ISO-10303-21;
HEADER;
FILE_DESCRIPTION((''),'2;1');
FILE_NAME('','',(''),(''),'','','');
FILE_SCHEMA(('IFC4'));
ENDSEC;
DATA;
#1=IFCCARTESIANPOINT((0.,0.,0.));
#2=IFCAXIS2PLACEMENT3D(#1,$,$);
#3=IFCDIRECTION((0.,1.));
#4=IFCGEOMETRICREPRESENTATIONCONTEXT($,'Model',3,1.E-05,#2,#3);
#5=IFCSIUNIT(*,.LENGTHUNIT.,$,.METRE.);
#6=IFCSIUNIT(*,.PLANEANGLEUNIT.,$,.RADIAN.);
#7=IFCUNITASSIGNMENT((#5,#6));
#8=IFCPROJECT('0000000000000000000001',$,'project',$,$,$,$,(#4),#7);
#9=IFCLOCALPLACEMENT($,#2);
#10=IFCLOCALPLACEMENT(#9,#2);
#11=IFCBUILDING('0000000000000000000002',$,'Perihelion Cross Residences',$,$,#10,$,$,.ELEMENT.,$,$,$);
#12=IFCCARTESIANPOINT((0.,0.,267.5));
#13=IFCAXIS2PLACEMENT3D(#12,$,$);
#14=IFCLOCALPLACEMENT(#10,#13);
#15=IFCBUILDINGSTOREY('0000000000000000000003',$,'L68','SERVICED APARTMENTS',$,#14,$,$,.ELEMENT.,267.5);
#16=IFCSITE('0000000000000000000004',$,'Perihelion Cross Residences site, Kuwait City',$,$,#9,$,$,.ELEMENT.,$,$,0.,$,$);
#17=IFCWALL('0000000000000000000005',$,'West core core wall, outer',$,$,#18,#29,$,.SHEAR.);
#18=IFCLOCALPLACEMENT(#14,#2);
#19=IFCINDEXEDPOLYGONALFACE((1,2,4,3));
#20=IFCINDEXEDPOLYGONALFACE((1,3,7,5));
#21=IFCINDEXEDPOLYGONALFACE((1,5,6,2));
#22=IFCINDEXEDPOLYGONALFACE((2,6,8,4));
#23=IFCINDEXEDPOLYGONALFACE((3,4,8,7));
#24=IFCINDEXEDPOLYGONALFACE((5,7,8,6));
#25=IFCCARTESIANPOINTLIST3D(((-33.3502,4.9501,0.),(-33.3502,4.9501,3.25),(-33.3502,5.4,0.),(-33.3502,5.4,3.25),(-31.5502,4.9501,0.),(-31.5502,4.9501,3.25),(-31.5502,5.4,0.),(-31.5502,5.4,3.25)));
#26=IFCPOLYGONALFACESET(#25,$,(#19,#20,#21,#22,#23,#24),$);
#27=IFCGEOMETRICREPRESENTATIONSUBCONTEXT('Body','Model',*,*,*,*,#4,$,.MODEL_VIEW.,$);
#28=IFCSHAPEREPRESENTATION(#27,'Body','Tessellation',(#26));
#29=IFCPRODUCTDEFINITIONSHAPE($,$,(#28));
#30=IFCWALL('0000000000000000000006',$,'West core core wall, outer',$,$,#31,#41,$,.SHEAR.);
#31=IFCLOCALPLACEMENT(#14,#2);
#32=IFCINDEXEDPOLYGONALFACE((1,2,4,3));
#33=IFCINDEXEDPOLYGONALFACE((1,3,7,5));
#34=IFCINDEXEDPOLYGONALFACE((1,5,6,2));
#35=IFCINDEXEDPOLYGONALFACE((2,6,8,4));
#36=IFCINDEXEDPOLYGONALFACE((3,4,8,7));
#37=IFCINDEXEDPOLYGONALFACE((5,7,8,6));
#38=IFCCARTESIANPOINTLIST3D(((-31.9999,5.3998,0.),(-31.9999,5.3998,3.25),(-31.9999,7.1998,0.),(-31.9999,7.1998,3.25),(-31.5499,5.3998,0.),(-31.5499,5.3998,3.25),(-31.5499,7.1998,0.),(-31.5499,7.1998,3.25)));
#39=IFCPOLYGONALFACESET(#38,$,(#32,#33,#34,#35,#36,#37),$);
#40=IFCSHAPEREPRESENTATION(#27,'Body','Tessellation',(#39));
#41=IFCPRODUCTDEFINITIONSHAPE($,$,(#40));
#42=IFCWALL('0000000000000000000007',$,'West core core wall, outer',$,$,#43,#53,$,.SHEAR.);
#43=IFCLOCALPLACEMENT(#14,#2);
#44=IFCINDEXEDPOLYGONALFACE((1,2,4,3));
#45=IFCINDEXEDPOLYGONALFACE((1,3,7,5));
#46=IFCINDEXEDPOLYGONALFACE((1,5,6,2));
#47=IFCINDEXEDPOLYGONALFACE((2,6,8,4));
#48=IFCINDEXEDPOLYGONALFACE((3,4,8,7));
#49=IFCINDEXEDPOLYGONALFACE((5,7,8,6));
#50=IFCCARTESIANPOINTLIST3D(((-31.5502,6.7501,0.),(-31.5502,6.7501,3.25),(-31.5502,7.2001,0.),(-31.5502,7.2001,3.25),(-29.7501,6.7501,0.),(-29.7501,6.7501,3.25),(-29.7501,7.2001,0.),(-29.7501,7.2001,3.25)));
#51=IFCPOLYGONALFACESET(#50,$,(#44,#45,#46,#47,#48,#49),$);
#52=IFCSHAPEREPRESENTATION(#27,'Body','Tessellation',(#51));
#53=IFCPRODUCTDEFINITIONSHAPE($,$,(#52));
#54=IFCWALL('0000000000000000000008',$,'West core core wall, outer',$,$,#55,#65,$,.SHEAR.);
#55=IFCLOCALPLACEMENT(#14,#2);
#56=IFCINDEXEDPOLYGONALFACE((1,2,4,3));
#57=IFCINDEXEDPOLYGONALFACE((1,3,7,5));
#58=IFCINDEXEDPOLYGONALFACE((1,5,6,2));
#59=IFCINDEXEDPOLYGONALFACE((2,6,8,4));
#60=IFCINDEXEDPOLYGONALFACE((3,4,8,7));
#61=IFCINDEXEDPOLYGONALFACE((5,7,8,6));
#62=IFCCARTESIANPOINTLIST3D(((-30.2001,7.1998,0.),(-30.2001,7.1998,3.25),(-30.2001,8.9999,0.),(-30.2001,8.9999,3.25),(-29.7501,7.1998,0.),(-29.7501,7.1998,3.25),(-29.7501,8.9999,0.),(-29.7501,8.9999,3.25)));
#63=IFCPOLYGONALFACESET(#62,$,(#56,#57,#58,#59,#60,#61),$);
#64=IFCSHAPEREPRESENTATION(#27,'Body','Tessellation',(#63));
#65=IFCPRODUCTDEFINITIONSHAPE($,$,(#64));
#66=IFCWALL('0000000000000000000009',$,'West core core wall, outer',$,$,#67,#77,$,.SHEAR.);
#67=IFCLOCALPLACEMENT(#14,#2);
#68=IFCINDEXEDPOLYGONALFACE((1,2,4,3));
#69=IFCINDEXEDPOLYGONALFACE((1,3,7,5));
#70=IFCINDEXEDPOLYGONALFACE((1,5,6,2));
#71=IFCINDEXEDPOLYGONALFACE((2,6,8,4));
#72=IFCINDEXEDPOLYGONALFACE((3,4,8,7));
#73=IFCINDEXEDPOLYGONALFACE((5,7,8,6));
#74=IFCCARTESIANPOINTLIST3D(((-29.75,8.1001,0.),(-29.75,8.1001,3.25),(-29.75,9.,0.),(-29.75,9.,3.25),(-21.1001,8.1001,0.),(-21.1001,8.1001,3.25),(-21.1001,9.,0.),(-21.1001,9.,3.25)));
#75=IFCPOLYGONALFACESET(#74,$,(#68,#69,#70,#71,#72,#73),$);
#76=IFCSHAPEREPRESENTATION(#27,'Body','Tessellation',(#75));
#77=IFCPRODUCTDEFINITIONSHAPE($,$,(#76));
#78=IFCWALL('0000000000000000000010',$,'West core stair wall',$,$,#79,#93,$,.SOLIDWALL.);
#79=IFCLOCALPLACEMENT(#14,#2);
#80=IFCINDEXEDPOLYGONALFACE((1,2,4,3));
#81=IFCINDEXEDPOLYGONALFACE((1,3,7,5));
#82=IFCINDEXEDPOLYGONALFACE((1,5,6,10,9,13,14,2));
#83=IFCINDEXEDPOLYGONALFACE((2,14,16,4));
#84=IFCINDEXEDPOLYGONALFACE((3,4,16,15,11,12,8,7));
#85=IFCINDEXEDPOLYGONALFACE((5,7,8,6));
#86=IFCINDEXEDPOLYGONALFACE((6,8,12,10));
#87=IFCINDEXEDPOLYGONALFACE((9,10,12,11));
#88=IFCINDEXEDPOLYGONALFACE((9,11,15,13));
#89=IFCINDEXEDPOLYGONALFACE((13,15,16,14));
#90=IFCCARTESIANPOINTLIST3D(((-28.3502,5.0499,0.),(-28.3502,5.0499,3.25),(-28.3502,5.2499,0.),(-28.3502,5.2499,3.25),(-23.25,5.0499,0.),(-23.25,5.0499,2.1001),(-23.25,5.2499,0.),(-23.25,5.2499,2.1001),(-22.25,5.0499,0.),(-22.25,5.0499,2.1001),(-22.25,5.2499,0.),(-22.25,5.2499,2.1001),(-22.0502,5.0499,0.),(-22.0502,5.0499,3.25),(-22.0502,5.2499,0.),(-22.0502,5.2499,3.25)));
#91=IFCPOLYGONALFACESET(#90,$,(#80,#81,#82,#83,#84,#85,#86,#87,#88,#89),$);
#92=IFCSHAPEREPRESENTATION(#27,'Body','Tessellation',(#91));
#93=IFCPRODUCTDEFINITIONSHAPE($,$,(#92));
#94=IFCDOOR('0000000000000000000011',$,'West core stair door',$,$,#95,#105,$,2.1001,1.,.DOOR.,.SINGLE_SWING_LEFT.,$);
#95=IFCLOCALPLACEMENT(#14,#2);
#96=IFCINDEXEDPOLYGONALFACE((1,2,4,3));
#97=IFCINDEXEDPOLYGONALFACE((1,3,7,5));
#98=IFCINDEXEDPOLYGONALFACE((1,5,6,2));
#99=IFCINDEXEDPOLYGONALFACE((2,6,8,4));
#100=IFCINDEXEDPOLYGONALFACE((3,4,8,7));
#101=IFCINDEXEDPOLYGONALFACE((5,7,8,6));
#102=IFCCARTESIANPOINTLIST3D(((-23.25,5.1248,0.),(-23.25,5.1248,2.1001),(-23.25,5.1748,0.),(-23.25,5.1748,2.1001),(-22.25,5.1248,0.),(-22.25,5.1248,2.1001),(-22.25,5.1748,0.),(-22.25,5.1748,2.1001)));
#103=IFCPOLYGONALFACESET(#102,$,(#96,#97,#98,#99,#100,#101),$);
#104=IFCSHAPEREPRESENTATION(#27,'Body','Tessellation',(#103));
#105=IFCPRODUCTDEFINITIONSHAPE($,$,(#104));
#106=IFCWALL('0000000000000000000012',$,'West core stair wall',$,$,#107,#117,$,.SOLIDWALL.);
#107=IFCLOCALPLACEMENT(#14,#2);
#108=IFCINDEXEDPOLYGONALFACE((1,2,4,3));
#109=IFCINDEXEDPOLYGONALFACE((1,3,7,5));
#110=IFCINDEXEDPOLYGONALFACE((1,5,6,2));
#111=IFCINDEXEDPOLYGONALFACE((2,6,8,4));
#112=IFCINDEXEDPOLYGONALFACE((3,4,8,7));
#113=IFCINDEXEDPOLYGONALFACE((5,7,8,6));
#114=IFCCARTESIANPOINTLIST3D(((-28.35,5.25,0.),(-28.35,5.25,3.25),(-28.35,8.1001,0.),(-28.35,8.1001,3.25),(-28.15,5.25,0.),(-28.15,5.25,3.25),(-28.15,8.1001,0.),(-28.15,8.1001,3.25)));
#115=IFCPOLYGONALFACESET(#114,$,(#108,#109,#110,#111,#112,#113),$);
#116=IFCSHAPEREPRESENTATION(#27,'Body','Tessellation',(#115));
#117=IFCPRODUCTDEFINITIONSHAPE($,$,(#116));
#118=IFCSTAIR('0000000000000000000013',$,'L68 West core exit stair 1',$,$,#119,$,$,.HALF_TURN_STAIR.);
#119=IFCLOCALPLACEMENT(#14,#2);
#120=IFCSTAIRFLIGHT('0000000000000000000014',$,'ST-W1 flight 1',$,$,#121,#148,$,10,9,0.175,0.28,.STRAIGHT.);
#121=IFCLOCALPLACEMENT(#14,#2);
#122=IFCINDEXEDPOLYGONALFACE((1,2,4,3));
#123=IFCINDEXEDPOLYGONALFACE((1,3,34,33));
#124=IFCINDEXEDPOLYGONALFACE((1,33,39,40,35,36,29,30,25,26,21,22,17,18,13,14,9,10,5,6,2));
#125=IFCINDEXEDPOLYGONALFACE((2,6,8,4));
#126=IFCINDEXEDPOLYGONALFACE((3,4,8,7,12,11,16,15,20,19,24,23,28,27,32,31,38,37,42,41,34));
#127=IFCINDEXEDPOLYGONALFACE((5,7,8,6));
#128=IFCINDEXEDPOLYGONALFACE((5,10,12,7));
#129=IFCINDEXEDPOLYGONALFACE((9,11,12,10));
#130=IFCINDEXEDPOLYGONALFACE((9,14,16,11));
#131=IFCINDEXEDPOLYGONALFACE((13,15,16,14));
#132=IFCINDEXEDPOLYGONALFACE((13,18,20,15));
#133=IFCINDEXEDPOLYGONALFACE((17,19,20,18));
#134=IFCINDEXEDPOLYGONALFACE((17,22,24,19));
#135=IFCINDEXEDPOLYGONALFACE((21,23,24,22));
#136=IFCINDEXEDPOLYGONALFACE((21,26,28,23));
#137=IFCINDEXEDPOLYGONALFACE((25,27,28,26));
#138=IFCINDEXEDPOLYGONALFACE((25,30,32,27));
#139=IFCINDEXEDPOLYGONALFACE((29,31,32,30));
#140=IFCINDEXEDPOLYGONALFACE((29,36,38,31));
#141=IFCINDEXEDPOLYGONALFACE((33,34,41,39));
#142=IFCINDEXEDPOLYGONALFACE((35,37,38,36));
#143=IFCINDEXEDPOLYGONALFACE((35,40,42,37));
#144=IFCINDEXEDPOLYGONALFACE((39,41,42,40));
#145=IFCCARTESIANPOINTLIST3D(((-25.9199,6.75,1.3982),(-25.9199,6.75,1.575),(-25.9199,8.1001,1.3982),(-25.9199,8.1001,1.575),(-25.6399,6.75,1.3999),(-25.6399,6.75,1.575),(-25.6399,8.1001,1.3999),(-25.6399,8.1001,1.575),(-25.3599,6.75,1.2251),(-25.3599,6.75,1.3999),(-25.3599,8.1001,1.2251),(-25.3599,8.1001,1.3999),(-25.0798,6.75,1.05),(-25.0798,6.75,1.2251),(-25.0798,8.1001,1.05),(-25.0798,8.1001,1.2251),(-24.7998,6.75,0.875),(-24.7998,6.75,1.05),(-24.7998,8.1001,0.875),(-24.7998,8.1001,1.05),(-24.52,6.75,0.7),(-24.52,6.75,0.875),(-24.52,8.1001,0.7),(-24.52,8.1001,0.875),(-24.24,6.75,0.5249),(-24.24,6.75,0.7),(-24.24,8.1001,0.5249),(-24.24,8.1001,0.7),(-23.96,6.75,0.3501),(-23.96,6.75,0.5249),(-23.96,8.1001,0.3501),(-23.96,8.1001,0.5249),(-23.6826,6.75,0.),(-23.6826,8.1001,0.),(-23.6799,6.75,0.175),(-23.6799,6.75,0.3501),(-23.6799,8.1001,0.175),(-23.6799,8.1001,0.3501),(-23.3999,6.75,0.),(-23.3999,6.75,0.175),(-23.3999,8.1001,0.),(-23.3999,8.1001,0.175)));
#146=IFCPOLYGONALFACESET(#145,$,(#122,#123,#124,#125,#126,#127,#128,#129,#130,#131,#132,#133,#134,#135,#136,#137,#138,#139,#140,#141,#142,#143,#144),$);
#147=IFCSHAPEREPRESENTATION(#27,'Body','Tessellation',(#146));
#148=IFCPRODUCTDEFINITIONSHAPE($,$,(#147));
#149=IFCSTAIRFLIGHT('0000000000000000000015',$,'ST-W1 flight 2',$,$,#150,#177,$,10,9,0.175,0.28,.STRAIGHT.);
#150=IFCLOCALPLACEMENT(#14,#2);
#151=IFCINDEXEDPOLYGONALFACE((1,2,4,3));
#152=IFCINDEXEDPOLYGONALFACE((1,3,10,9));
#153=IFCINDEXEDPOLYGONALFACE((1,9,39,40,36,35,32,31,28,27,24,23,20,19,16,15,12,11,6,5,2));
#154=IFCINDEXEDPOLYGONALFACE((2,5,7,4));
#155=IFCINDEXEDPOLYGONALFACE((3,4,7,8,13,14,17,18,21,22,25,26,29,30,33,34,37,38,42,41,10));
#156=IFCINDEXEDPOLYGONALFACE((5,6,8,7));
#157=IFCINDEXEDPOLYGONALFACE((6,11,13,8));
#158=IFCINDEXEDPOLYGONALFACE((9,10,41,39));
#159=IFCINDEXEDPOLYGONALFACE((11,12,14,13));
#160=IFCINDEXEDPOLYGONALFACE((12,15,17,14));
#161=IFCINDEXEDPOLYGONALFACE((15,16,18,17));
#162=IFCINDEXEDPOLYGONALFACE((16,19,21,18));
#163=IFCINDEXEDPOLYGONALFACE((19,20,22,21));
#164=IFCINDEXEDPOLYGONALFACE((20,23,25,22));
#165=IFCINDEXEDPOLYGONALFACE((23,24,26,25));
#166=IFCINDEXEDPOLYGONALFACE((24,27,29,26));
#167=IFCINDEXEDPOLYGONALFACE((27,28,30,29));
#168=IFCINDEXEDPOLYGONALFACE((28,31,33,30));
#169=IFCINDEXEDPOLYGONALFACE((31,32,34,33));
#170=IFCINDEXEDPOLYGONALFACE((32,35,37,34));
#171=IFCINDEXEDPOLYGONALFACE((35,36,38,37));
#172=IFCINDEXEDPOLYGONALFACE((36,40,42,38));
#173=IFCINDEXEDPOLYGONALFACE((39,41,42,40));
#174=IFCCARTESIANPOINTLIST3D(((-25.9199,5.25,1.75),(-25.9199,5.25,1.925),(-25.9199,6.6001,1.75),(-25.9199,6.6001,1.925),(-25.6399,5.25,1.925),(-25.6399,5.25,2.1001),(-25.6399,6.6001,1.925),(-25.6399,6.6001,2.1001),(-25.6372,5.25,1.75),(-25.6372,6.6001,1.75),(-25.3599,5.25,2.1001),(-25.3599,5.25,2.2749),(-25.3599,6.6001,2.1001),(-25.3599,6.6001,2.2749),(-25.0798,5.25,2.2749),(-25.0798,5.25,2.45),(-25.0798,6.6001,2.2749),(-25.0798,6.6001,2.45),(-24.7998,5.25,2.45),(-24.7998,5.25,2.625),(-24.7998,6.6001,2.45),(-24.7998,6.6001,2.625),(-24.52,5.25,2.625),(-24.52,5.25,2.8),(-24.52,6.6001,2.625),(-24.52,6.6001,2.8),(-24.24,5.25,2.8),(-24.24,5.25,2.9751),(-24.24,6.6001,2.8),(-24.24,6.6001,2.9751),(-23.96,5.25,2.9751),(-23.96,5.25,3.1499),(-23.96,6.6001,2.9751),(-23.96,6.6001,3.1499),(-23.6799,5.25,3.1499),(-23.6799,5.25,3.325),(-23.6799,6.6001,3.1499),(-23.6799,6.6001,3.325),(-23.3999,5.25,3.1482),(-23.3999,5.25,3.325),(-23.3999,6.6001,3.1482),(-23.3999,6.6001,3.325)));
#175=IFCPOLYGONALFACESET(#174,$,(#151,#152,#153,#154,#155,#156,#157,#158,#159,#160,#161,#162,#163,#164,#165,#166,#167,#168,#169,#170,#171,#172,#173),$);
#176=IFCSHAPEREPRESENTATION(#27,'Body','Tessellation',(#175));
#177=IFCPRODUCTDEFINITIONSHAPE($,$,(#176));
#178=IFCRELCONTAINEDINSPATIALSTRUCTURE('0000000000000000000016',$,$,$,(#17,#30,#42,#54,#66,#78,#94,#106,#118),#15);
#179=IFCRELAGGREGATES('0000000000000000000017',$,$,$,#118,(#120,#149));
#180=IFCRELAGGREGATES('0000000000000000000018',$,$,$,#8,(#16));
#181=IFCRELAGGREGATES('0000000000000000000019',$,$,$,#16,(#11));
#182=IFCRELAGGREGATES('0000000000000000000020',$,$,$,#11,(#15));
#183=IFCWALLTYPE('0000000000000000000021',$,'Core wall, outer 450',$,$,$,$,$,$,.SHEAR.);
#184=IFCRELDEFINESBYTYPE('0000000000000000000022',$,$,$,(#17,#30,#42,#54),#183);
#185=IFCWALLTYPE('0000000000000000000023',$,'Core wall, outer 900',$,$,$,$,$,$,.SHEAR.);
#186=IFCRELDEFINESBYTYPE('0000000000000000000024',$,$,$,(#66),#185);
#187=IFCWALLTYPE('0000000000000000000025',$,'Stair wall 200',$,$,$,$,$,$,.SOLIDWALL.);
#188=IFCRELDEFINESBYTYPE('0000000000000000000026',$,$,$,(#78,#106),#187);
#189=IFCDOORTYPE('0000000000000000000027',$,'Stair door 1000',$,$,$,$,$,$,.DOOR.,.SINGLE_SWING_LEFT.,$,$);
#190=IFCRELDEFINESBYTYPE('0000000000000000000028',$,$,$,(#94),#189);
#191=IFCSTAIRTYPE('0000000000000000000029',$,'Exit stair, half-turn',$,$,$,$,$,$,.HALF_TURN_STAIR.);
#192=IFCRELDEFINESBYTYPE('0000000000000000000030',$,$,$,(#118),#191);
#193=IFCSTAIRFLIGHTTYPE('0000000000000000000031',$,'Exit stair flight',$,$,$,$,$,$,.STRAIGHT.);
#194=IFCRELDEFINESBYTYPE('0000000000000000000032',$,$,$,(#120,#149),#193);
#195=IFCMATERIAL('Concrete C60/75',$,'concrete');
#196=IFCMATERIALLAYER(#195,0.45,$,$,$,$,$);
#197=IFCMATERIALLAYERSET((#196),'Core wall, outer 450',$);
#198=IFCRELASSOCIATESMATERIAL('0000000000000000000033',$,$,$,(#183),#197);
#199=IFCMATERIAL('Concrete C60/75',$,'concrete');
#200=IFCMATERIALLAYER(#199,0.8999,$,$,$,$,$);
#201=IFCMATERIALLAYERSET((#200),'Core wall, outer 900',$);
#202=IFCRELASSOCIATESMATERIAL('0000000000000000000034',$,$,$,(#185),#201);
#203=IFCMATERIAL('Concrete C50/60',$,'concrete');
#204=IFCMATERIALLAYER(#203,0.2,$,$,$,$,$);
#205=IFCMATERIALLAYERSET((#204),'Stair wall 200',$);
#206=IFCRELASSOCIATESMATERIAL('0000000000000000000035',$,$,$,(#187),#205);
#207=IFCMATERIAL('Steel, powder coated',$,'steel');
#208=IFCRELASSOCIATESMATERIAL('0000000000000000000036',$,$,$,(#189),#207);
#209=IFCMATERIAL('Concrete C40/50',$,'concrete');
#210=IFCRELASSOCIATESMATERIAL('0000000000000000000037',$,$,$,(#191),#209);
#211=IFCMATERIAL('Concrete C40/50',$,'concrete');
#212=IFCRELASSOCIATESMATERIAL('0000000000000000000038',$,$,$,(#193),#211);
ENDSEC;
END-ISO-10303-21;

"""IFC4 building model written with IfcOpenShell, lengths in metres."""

from ifc_helpers import new_model, si_unit, direction, frame, frame_2d, origin, place, context, subcontext, project, spatial, polyline, rectangle, outline, extrude, material, layer, layer_set, type_object, element, fill, aggregate, save


model = new_model("IFC4")

# Units and contexts
model_context = context("Model", 3, precision=1e-05, world=origin(), true_north=direction((0.0, 1.0)))
body_context = subcontext(model_context, "Body", "Model", "MODEL_VIEW")
ifc_project = project(units=[si_unit("LENGTHUNIT", "METRE"), si_unit("PLANEANGLEUNIT", "RADIAN")], contexts=[model_context])

# Site, building, storey
site_placement = place(None, origin())
site = spatial("IfcSite", under=ifc_project, at=site_placement, Name="Perihelion Cross Residences site, Kuwait City", CompositionType="ELEMENT", RefElevation=0.0)
building_placement = place(site_placement, origin())
building = spatial("IfcBuilding", under=site, at=building_placement, Name="Perihelion Cross Residences", CompositionType="ELEMENT")
storey_placement = place(building_placement, frame((0.0, 0.0, 267.5)))
storey = spatial("IfcBuildingStorey", under=building, at=storey_placement, Name="L68", Description="SERVICED APARTMENTS", CompositionType="ELEMENT", Elevation=267.5)

# Walls
ifc_material_1 = material(Name="Concrete C60/75", Category="concrete")
ifc_layer_1 = layer(ifc_material_1, 0.45)
ifc_layer_set_1 = layer_set([ifc_layer_1], Name="Core wall, outer 450")
wall_type_1 = type_object("IfcWallType", Name="Core wall, outer 450", PredefinedType="SHEAR", material=ifc_layer_set_1)
for number, where, z_axis, x_axis, name in (
    (1, (-33.3501, 5.175, 0.0), (0.0, 0.0, 1.0), (1.0, 0.0, 0.0), "West core core wall, outer"),
    (2, (-31.7749, 5.3999, 0.0), (0.0, 0.0, 1.0), (0.0, 1.0, 0.0), "West core core wall, outer"),
    (3, (-31.55, 6.9751, 0.0), (0.0, 0.0, 1.0), (1.0, 0.0, 0.0), "West core core wall, outer"),
    (4, (-29.9751, 7.2, 0.0), (0.0, 0.0, 1.0), (0.0, 1.0, 0.0), "West core core wall, outer"),
):
    element("IfcWall", number, at=place(storey_placement, frame(where, z_axis=z_axis, x_axis=x_axis)), inside=storey, type_object=wall_type_1, Name=name, PredefinedType="SHEAR", context=body_context, shape_type="SweptSolid", body=[
        extrude(rectangle(XDim=1.8, YDim=0.45, at=frame_2d((0.8999, 0.0))), origin(), (0.0, 0.0, 1.0), 3.25),
    ])
ifc_material_2 = material(Name="Concrete C60/75", Category="concrete")
ifc_layer_2 = layer(ifc_material_2, 0.8999)
ifc_layer_set_2 = layer_set([ifc_layer_2], Name="Core wall, outer 900")
wall_type_2 = type_object("IfcWallType", Name="Core wall, outer 900", PredefinedType="SHEAR", material=ifc_layer_set_2)
wall_1_placement = place(storey_placement, frame((-29.75, 8.55, 0.0), z_axis=(0.0, 0.0, 1.0), x_axis=(1.0, 0.0, 0.0)))
element("IfcWall", 5, at=wall_1_placement, inside=storey, type_object=wall_type_2, Name="West core core wall, outer", PredefinedType="SHEAR", context=body_context, shape_type="SweptSolid", body=[
    extrude(rectangle(XDim=8.6499, YDim=0.8999, at=frame_2d((4.325, 0.0))), origin(), (0.0, 0.0, 1.0), 3.25),
])

# Wall, opening, door
ifc_material_3 = material(Name="Concrete C50/60", Category="concrete")
ifc_layer_3 = layer(ifc_material_3, 0.2)
ifc_layer_set_3 = layer_set([ifc_layer_3], Name="Stair wall 200")
wall_type_3 = type_object("IfcWallType", Name="Stair wall 200", PredefinedType="SOLIDWALL", material=ifc_layer_set_3)
wall_2_placement = place(storey_placement, frame((-28.3501, 5.1499, 0.0), z_axis=(0.0, 0.0, 1.0), x_axis=(1.0, 0.0, 0.0)))
wall_2 = element("IfcWall", 6, at=wall_2_placement, inside=storey, type_object=wall_type_3, Name="West core stair wall", PredefinedType="SOLIDWALL", context=body_context, shape_type="SweptSolid", body=[
    extrude(rectangle(XDim=6.3, YDim=0.2, at=frame_2d((3.1499, 0.0))), origin(), (0.0, 0.0, 1.0), 3.25),
])
opening_placement = place(wall_2_placement, frame((5.1001, 0.0, 0.0)))
opening = element("IfcOpeningElement", 7, at=opening_placement, cuts=wall_2, PredefinedType="OPENING", context=body_context, shape_type="SweptSolid", body=[
    extrude(rectangle(XDim=1.0, YDim=2.1001, at=frame_2d((0.5, 1.05))), frame((0.0, 0.1099, 0.0), z_axis=(0.0, -1.0, 0.0), x_axis=(1.0, 0.0, 0.0)), (0.0, 0.0, 1.0), 0.22),
])
ifc_material_4 = material(Name="Steel, powder coated", Category="steel")
door_type = type_object("IfcDoorType", Name="Stair door 1000", OperationType="SINGLE_SWING_LEFT", PredefinedType="DOOR", material=ifc_material_4)
door_placement = place(opening_placement, origin())
door = element("IfcDoor", 8, at=door_placement, inside=storey, type_object=door_type, Name="West core stair door", OperationType="SINGLE_SWING_LEFT", OverallHeight=2.1001, OverallWidth=1.0, PredefinedType="DOOR", context=body_context, shape_type="SweptSolid", body=[
    extrude(rectangle(XDim=1.0, YDim=2.1001, at=frame_2d((0.5, 1.05))), frame((0.0, 0.0249, 0.0), z_axis=(0.0, -1.0, 0.0), x_axis=(1.0, 0.0, 0.0)), (0.0, 0.0, 1.0), 0.05),
])
fill(opening, door)

# Wall
wall_3_placement = place(storey_placement, frame((-28.25, 5.25, 0.0), z_axis=(0.0, 0.0, 1.0), x_axis=(0.0, 1.0, 0.0)))
element("IfcWall", 9, at=wall_3_placement, inside=storey, type_object=wall_type_3, Name="West core stair wall", PredefinedType="SOLIDWALL", context=body_context, shape_type="SweptSolid", body=[
    extrude(rectangle(XDim=2.8501, YDim=0.2, at=frame_2d((1.425, 0.0))), origin(), (0.0, 0.0, 1.0), 3.25),
])

# Stair, stair flights
ifc_material_5 = material(Name="Concrete C40/50", Category="concrete")
stair_type = type_object("IfcStairType", Name="Exit stair, half-turn", PredefinedType="HALF_TURN_STAIR", material=ifc_material_5)
stair_placement = place(storey_placement, origin())
stair = element("IfcStair", 10, at=stair_placement, inside=storey, type_object=stair_type, Name="L68 West core exit stair 1", PredefinedType="HALF_TURN_STAIR")
ifc_material_6 = material(Name="Concrete C40/50", Category="concrete")
stair_flight_type = type_object("IfcStairFlightType", Name="Exit stair flight", PredefinedType="STRAIGHT", material=ifc_material_6)
stair_flight_1_placement = place(storey_placement, frame((-23.3999, 7.425, 0.0), z_axis=(0.0, 0.0, 1.0), x_axis=(-1.0, 0.0, 0.0)))
stair_flight_1 = element("IfcStairFlight", 11, at=stair_flight_1_placement, type_object=stair_flight_type, Name="ST-W1 flight 1", NumberOfRisers=10, NumberOfTreads=9, PredefinedType="STRAIGHT", RiserHeight=0.175, TreadLength=0.28, context=body_context, shape_type="SweptSolid", body=[
    extrude(outline(polyline([(0.0, 0.0), (0.0, 0.175), (0.28, 0.175), (0.28, 0.3501), (0.5601, 0.3501), (0.5601, 0.5249), (0.8401, 0.5249), (0.8401, 0.7), (1.1201, 0.7), (1.1201, 0.875), (1.3999, 0.875), (1.3999, 1.05), (1.6799, 1.05), (1.6799, 1.2251), (1.96, 1.2251), (1.96, 1.3999), (2.24, 1.3999), (2.24, 1.575), (2.52, 1.575), (2.52, 1.75), (2.52, 1.3982), (0.2827, 0.0), (0.0, 0.0)])), frame((0.0, 0.675, 0.0), z_axis=(0.0, -1.0, 0.0), x_axis=(1.0, 0.0, 0.0)), (0.0, 0.0, 1.0), 1.3501),
])
stair_flight_2_placement = place(storey_placement, frame((-25.9199, 5.925, 1.75), z_axis=(0.0, 0.0, 1.0), x_axis=(1.0, 0.0, 0.0)))
stair_flight_2 = element("IfcStairFlight", 12, at=stair_flight_2_placement, type_object=stair_flight_type, Name="ST-W1 flight 2", NumberOfRisers=10, NumberOfTreads=9, PredefinedType="STRAIGHT", RiserHeight=0.175, TreadLength=0.28, context=body_context, shape_type="SweptSolid", body=[
    extrude(outline(polyline([(0.0, 0.0), (0.0, 0.175), (0.28, 0.175), (0.28, 0.3501), (0.5601, 0.3501), (0.5601, 0.5249), (0.8401, 0.5249), (0.8401, 0.7), (1.1201, 0.7), (1.1201, 0.875), (1.3999, 0.875), (1.3999, 1.05), (1.6799, 1.05), (1.6799, 1.2251), (1.96, 1.2251), (1.96, 1.3999), (2.24, 1.3999), (2.24, 1.575), (2.52, 1.575), (2.52, 1.75), (2.52, 1.3982), (0.2827, 0.0), (0.0, 0.0)])), frame((0.0, 0.675, 0.0), z_axis=(0.0, -1.0, 0.0), x_axis=(1.0, 0.0, 0.0)), (0.0, 0.0, 1.0), 1.3501),
])
aggregate(stair, [stair_flight_1, stair_flight_2])

save(model, "model.ifc")
